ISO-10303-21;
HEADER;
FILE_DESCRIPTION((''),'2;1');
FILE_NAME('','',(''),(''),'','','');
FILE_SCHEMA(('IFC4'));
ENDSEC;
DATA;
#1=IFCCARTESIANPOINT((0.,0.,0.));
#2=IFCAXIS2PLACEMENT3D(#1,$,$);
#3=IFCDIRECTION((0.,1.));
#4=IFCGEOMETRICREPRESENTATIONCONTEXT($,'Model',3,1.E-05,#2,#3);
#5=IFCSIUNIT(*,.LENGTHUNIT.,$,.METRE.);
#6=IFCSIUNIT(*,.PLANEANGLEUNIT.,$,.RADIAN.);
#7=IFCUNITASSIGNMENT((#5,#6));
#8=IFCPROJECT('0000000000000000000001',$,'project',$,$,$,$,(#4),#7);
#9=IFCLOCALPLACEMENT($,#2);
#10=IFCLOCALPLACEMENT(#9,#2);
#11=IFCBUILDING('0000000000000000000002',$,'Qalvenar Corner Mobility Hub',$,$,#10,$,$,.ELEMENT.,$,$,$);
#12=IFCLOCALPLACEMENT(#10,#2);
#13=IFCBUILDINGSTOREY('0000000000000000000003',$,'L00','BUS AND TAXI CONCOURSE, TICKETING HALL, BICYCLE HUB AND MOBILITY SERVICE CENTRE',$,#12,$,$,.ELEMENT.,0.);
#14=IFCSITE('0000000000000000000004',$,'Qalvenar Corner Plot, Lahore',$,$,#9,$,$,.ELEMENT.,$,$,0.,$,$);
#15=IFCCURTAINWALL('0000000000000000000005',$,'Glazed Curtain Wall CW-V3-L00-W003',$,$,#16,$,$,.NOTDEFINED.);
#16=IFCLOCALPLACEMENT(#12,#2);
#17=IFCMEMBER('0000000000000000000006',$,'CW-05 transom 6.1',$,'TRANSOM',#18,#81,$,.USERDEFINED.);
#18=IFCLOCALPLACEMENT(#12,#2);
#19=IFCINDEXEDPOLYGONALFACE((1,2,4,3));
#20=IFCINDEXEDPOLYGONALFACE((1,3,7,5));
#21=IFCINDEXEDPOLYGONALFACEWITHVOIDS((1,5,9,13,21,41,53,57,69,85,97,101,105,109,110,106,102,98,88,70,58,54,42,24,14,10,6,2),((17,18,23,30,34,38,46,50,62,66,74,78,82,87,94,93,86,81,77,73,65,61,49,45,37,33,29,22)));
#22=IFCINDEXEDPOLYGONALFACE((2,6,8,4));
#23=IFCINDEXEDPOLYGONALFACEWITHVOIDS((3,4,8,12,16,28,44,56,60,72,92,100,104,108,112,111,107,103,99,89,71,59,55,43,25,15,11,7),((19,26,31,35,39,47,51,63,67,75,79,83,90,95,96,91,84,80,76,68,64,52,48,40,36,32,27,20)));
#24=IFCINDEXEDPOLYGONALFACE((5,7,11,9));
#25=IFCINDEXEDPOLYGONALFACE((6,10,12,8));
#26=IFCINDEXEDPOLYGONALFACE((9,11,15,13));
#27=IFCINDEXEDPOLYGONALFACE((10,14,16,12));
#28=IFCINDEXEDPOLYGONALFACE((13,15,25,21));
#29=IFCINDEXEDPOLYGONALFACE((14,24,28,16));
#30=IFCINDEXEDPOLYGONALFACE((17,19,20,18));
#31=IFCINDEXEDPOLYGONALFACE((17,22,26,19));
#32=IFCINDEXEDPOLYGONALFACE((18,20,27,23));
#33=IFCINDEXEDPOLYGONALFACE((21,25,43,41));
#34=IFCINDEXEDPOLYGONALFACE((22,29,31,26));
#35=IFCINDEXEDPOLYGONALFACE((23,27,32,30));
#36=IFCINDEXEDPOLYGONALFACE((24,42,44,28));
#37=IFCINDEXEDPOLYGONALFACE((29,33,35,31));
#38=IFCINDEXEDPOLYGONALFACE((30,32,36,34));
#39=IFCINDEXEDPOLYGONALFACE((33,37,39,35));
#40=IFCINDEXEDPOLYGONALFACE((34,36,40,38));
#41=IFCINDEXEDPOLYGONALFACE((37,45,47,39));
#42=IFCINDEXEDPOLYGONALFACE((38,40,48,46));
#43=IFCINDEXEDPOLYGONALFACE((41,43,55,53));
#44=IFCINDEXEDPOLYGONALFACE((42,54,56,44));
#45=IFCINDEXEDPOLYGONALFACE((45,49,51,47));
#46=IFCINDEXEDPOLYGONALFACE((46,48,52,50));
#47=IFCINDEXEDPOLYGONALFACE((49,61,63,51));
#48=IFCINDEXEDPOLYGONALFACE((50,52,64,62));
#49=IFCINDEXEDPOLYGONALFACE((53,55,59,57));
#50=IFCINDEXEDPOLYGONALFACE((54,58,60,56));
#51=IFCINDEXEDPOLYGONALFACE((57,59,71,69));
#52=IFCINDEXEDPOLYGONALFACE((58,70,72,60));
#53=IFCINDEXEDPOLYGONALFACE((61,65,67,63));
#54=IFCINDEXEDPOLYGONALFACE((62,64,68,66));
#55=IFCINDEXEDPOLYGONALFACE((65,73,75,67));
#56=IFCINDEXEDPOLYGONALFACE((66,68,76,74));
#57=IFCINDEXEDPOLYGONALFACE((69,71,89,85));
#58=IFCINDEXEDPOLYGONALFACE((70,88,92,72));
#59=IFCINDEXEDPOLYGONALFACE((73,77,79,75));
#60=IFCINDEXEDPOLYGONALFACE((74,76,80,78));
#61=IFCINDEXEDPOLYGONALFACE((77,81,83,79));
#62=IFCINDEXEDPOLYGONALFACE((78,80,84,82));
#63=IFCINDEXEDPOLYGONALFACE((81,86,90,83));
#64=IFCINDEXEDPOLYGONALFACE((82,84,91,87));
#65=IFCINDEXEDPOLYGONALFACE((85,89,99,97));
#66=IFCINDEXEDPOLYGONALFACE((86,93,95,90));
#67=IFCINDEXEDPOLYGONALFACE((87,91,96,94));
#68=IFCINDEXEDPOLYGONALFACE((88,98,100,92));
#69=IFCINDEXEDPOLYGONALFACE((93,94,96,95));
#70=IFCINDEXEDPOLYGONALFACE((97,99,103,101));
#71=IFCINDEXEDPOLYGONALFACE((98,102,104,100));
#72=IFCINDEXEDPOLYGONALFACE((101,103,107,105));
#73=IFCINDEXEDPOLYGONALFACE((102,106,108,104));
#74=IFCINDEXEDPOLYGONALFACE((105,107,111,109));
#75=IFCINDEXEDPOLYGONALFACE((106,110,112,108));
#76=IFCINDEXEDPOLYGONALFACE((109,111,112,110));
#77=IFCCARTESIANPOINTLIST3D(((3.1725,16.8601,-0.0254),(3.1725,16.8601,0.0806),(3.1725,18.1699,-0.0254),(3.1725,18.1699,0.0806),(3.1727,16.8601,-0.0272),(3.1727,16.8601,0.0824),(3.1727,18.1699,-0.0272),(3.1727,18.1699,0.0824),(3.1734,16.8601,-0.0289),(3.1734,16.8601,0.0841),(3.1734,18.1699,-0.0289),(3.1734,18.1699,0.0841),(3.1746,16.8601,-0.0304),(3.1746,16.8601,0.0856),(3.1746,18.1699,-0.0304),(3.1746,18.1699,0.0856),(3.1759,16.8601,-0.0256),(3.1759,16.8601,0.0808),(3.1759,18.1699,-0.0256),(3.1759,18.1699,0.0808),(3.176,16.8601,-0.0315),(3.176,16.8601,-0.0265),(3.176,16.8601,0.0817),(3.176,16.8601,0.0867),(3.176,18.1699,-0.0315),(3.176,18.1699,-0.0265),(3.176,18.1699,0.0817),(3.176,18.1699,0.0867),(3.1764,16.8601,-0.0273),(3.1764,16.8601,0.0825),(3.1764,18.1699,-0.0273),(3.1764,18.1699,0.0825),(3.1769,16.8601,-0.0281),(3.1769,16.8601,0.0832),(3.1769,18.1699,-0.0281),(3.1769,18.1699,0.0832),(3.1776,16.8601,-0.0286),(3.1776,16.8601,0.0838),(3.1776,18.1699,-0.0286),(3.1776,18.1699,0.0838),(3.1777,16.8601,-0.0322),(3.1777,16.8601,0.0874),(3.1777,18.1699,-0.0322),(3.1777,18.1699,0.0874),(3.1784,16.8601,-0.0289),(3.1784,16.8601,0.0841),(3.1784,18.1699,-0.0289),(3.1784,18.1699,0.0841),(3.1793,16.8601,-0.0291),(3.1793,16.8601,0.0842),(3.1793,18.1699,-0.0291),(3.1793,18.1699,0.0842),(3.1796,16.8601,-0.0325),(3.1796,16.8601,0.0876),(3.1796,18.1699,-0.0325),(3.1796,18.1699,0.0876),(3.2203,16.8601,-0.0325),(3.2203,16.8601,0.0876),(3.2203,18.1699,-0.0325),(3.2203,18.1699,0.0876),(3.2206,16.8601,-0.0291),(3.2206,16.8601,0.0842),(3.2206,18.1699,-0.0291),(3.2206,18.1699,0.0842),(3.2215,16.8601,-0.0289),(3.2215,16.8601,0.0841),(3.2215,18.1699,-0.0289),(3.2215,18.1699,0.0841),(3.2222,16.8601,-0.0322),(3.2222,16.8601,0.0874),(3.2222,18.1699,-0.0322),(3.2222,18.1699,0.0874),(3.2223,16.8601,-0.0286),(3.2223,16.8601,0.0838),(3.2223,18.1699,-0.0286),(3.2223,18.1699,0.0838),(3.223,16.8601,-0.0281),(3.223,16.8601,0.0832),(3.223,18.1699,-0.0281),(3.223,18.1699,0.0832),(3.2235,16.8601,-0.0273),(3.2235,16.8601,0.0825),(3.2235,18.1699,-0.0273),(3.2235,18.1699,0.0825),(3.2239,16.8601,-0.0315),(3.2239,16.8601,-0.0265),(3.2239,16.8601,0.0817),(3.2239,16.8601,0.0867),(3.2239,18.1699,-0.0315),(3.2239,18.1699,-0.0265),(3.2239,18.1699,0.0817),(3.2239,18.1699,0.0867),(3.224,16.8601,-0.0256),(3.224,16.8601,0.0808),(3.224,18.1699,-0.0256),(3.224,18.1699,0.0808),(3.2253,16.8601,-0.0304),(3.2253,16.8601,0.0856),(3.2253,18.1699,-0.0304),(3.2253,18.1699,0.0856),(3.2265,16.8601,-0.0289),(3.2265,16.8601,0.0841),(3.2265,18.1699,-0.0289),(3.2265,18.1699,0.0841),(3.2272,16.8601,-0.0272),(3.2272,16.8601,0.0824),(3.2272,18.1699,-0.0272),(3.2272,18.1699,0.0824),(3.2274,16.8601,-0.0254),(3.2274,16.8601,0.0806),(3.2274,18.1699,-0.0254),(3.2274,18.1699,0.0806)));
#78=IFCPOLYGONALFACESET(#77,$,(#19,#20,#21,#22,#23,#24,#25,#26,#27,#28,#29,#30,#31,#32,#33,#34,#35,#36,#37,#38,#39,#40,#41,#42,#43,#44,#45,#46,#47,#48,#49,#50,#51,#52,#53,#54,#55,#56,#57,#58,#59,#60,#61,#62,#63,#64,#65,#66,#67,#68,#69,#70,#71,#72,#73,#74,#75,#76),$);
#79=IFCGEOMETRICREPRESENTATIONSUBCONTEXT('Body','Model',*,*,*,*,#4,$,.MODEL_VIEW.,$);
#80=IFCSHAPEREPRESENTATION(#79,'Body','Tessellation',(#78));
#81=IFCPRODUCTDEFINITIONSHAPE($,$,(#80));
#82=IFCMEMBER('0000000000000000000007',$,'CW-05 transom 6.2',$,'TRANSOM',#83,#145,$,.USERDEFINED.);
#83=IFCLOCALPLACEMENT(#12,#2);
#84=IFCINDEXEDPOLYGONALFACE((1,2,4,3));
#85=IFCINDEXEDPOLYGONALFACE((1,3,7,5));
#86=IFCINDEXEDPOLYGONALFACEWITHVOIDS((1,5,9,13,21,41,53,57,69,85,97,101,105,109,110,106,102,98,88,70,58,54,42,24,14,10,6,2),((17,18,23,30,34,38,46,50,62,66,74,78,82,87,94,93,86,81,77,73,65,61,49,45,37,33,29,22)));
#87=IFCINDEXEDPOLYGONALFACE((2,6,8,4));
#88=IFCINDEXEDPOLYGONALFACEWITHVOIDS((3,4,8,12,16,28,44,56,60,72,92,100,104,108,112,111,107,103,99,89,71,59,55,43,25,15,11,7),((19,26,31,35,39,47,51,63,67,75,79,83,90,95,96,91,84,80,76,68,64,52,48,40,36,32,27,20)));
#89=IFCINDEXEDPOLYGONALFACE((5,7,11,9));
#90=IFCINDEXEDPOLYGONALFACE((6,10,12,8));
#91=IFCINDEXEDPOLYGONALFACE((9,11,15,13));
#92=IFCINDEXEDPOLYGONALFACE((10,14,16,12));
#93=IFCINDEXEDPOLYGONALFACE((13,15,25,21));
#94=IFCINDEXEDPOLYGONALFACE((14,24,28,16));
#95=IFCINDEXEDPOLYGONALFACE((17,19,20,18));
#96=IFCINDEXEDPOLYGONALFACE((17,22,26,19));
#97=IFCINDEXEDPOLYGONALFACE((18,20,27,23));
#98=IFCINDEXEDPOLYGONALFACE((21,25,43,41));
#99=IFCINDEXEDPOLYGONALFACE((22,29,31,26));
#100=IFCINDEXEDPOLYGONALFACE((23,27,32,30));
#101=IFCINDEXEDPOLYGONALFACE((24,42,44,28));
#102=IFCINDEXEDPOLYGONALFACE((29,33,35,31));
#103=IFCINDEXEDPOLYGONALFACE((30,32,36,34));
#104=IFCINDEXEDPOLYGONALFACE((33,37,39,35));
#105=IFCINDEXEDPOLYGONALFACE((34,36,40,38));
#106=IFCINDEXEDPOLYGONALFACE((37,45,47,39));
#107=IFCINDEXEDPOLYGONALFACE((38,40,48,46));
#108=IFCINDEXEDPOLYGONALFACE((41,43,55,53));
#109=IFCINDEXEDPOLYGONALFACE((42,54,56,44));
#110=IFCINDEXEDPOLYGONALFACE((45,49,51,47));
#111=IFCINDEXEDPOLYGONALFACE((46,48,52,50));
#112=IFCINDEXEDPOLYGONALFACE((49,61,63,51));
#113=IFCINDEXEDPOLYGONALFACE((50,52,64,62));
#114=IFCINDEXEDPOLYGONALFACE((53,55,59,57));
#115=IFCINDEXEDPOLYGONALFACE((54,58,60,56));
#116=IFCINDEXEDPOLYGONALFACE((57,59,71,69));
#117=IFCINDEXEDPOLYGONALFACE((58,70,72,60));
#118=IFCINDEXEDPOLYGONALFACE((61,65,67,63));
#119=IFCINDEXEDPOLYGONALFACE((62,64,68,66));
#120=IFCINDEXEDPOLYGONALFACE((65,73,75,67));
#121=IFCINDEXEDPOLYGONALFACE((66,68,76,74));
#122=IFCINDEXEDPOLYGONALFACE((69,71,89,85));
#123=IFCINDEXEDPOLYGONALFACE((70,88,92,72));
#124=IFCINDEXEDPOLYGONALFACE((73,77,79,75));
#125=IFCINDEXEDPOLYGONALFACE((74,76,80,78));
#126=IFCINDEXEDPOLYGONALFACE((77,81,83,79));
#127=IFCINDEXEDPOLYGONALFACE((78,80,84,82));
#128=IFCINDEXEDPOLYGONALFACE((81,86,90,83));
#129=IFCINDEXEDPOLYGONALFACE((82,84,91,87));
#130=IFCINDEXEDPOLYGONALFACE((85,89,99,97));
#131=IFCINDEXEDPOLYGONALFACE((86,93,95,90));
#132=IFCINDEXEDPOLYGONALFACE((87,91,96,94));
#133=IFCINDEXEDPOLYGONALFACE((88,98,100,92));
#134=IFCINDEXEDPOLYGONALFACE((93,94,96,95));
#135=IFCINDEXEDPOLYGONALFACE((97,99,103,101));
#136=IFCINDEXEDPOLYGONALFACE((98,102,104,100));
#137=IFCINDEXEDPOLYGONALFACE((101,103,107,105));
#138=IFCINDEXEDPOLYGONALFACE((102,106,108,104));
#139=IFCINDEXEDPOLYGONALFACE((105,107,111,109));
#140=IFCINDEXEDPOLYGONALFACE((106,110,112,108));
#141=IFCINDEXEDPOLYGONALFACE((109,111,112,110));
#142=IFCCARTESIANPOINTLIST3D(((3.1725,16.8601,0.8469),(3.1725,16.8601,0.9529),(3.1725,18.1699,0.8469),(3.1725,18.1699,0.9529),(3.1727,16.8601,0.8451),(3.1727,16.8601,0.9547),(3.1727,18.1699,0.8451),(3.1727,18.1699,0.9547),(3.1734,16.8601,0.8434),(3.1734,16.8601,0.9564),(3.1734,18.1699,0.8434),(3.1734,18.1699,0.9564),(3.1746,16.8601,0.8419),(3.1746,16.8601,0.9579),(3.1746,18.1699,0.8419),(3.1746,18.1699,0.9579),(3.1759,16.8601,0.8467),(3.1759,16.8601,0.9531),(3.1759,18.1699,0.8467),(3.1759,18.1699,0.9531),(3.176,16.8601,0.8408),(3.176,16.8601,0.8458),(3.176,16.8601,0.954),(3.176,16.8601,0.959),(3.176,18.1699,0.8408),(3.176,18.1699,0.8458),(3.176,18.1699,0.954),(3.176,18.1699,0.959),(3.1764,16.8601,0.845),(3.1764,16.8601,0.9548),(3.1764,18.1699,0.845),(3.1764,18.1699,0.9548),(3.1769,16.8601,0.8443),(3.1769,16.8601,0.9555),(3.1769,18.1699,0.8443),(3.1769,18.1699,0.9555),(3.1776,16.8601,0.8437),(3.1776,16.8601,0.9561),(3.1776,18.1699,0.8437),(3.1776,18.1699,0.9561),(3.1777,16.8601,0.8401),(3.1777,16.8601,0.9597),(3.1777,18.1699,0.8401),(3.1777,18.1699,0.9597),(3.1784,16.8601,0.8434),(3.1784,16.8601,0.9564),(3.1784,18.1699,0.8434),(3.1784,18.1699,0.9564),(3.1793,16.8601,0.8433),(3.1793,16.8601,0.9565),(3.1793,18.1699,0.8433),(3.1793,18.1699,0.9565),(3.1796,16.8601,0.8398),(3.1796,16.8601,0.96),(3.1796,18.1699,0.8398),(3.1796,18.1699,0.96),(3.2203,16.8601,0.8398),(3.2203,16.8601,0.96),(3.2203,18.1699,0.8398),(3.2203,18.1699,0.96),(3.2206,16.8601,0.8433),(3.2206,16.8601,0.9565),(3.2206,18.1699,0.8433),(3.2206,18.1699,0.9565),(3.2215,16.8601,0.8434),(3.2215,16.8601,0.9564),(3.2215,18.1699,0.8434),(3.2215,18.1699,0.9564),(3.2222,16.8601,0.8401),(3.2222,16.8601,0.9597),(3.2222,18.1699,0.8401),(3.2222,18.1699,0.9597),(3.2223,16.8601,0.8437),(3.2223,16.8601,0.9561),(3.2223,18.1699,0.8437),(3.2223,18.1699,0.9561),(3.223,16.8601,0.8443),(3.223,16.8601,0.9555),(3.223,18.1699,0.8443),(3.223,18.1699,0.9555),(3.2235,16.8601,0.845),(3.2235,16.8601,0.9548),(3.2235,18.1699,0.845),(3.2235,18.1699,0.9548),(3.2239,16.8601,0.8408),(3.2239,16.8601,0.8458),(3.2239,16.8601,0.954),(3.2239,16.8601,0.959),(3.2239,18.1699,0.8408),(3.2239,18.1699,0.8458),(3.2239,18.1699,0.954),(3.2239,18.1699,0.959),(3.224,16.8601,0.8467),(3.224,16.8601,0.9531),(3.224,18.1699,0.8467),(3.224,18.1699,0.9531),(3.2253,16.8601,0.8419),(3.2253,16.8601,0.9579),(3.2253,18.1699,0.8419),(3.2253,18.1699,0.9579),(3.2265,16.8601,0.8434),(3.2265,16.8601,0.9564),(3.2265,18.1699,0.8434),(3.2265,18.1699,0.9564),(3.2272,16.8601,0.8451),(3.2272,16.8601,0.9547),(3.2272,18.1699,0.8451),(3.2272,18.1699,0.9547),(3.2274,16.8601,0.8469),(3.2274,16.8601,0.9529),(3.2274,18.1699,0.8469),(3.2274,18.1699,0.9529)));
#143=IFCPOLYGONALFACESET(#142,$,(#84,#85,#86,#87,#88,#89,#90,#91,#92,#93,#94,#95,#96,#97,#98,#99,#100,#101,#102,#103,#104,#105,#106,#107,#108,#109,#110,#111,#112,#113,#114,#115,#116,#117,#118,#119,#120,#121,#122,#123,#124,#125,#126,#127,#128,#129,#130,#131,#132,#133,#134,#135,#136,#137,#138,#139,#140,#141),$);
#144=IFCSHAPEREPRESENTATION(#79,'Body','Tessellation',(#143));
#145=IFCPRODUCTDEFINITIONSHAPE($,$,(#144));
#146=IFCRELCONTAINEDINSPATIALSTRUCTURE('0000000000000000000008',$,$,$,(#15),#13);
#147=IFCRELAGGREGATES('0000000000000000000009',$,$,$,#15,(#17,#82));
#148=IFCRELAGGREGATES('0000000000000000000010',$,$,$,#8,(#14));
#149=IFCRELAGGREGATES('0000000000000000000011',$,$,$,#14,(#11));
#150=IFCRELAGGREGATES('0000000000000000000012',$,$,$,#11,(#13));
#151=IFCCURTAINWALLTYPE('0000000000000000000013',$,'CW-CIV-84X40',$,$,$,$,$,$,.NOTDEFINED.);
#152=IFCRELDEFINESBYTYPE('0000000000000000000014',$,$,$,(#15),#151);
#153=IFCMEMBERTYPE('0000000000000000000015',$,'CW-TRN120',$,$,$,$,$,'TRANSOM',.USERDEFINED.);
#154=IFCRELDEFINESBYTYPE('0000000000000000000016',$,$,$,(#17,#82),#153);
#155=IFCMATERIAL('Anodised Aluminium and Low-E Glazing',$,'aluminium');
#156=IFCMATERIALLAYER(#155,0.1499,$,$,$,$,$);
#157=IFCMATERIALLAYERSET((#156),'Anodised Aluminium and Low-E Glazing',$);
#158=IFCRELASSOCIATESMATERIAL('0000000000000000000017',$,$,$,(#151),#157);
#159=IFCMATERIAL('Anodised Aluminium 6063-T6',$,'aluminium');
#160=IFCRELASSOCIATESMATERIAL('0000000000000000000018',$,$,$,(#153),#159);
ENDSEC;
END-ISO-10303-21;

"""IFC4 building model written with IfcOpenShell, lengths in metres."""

from ifc_helpers import new_model, si_unit, direction, frame, origin, origin_2d, place, context, subcontext, project, spatial, hollow_rectangle, extrude, material, layer, layer_set, material_profile, profile_set, type_object, element, aggregate, save


model = new_model("IFC4")

# Units and contexts
model_context = context("Model", 3, precision=1e-05, world=origin(), true_north=direction((0.0, 1.0)))
body_context = subcontext(model_context, "Body", "Model", "MODEL_VIEW")
ifc_project = project(units=[si_unit("LENGTHUNIT", "METRE"), si_unit("PLANEANGLEUNIT", "RADIAN")], contexts=[model_context])

# Site, building, storey
site_placement = place(None, origin())
site = spatial("IfcSite", under=ifc_project, at=site_placement, Name="Qalvenar Corner Plot, Lahore", CompositionType="ELEMENT", RefElevation=0.0)
building_placement = place(site_placement, origin())
building = spatial("IfcBuilding", under=site, at=building_placement, Name="Qalvenar Corner Mobility Hub", CompositionType="ELEMENT")
storey_placement = place(building_placement, origin())
storey = spatial("IfcBuildingStorey", under=building, at=storey_placement, Name="L00", Description="BUS AND TAXI CONCOURSE, TICKETING HALL, BICYCLE HUB AND MOBILITY SERVICE CENTRE", CompositionType="ELEMENT", Elevation=0.0)

# Curtain wall, members
ifc_material_1 = material(Name="Anodised Aluminium and Low-E Glazing", Category="aluminium")
ifc_layer_1 = layer(ifc_material_1, 0.1499)
ifc_layer_set_1 = layer_set([ifc_layer_1], Name="Anodised Aluminium and Low-E Glazing")
curtain_wall_type = type_object("IfcCurtainWallType", Name="CW-CIV-84X40", PredefinedType="NOTDEFINED", material=ifc_layer_set_1)
curtain_wall_placement = place(storey_placement, origin())
curtain_wall = element("IfcCurtainWall", 1, at=curtain_wall_placement, inside=storey, type_object=curtain_wall_type, Name="Glazed Curtain Wall CW-V3-L00-W003", PredefinedType="NOTDEFINED")
ifc_material_2 = material(Name="Anodised Aluminium 6063-T6", Category="aluminium")
ifc_material_profile_1 = material_profile(ifc_material_2, hollow_rectangle(XDim=0.0549, YDim=0.1201, WallThickness=0.0034, InnerFilletRadius=0.0034, OuterFilletRadius=0.0071, at=origin_2d()), Name="RHS120x55x3.5")
ifc_profile_set_1 = profile_set([ifc_material_profile_1], Name="Anodised Aluminium 6063-T6")
member_type_1 = type_object("IfcMemberType", Name="CW-TRN120", ElementType="TRANSOM", PredefinedType="USERDEFINED", material=ifc_profile_set_1)
member_1_placement = place(storey_placement, frame((3.2, 18.1699, 0.0276), z_axis=(0.0, -1.0, 0.0), x_axis=(1.0, 0.0, 0.0)))
member_1 = element("IfcMember", 2, at=member_1_placement, type_object=member_type_1, Name="CW-05 transom 6.1", ObjectType="TRANSOM", PredefinedType="USERDEFINED", context=body_context, shape_type="SweptSolid", body=[
    extrude(hollow_rectangle(XDim=0.0549, YDim=0.1201, WallThickness=0.0034, InnerFilletRadius=0.0034, OuterFilletRadius=0.0071, at=origin_2d()), origin(), (0.0, 0.0, 1.0), 1.3098),
])
member_2_placement = place(storey_placement, frame((3.2, 18.1699, 0.8999), z_axis=(0.0, -1.0, 0.0), x_axis=(1.0, 0.0, 0.0)))
member_2 = element("IfcMember", 3, at=member_2_placement, type_object=member_type_1, Name="CW-05 transom 6.2", ObjectType="TRANSOM", PredefinedType="USERDEFINED", context=body_context, shape_type="SweptSolid", body=[
    extrude(hollow_rectangle(XDim=0.0549, YDim=0.1201, WallThickness=0.0034, InnerFilletRadius=0.0034, OuterFilletRadius=0.0071, at=origin_2d()), origin(), (0.0, 0.0, 1.0), 1.3098),
])
aggregate(curtain_wall, [member_1, member_2])

save(model, "model.ifc")
